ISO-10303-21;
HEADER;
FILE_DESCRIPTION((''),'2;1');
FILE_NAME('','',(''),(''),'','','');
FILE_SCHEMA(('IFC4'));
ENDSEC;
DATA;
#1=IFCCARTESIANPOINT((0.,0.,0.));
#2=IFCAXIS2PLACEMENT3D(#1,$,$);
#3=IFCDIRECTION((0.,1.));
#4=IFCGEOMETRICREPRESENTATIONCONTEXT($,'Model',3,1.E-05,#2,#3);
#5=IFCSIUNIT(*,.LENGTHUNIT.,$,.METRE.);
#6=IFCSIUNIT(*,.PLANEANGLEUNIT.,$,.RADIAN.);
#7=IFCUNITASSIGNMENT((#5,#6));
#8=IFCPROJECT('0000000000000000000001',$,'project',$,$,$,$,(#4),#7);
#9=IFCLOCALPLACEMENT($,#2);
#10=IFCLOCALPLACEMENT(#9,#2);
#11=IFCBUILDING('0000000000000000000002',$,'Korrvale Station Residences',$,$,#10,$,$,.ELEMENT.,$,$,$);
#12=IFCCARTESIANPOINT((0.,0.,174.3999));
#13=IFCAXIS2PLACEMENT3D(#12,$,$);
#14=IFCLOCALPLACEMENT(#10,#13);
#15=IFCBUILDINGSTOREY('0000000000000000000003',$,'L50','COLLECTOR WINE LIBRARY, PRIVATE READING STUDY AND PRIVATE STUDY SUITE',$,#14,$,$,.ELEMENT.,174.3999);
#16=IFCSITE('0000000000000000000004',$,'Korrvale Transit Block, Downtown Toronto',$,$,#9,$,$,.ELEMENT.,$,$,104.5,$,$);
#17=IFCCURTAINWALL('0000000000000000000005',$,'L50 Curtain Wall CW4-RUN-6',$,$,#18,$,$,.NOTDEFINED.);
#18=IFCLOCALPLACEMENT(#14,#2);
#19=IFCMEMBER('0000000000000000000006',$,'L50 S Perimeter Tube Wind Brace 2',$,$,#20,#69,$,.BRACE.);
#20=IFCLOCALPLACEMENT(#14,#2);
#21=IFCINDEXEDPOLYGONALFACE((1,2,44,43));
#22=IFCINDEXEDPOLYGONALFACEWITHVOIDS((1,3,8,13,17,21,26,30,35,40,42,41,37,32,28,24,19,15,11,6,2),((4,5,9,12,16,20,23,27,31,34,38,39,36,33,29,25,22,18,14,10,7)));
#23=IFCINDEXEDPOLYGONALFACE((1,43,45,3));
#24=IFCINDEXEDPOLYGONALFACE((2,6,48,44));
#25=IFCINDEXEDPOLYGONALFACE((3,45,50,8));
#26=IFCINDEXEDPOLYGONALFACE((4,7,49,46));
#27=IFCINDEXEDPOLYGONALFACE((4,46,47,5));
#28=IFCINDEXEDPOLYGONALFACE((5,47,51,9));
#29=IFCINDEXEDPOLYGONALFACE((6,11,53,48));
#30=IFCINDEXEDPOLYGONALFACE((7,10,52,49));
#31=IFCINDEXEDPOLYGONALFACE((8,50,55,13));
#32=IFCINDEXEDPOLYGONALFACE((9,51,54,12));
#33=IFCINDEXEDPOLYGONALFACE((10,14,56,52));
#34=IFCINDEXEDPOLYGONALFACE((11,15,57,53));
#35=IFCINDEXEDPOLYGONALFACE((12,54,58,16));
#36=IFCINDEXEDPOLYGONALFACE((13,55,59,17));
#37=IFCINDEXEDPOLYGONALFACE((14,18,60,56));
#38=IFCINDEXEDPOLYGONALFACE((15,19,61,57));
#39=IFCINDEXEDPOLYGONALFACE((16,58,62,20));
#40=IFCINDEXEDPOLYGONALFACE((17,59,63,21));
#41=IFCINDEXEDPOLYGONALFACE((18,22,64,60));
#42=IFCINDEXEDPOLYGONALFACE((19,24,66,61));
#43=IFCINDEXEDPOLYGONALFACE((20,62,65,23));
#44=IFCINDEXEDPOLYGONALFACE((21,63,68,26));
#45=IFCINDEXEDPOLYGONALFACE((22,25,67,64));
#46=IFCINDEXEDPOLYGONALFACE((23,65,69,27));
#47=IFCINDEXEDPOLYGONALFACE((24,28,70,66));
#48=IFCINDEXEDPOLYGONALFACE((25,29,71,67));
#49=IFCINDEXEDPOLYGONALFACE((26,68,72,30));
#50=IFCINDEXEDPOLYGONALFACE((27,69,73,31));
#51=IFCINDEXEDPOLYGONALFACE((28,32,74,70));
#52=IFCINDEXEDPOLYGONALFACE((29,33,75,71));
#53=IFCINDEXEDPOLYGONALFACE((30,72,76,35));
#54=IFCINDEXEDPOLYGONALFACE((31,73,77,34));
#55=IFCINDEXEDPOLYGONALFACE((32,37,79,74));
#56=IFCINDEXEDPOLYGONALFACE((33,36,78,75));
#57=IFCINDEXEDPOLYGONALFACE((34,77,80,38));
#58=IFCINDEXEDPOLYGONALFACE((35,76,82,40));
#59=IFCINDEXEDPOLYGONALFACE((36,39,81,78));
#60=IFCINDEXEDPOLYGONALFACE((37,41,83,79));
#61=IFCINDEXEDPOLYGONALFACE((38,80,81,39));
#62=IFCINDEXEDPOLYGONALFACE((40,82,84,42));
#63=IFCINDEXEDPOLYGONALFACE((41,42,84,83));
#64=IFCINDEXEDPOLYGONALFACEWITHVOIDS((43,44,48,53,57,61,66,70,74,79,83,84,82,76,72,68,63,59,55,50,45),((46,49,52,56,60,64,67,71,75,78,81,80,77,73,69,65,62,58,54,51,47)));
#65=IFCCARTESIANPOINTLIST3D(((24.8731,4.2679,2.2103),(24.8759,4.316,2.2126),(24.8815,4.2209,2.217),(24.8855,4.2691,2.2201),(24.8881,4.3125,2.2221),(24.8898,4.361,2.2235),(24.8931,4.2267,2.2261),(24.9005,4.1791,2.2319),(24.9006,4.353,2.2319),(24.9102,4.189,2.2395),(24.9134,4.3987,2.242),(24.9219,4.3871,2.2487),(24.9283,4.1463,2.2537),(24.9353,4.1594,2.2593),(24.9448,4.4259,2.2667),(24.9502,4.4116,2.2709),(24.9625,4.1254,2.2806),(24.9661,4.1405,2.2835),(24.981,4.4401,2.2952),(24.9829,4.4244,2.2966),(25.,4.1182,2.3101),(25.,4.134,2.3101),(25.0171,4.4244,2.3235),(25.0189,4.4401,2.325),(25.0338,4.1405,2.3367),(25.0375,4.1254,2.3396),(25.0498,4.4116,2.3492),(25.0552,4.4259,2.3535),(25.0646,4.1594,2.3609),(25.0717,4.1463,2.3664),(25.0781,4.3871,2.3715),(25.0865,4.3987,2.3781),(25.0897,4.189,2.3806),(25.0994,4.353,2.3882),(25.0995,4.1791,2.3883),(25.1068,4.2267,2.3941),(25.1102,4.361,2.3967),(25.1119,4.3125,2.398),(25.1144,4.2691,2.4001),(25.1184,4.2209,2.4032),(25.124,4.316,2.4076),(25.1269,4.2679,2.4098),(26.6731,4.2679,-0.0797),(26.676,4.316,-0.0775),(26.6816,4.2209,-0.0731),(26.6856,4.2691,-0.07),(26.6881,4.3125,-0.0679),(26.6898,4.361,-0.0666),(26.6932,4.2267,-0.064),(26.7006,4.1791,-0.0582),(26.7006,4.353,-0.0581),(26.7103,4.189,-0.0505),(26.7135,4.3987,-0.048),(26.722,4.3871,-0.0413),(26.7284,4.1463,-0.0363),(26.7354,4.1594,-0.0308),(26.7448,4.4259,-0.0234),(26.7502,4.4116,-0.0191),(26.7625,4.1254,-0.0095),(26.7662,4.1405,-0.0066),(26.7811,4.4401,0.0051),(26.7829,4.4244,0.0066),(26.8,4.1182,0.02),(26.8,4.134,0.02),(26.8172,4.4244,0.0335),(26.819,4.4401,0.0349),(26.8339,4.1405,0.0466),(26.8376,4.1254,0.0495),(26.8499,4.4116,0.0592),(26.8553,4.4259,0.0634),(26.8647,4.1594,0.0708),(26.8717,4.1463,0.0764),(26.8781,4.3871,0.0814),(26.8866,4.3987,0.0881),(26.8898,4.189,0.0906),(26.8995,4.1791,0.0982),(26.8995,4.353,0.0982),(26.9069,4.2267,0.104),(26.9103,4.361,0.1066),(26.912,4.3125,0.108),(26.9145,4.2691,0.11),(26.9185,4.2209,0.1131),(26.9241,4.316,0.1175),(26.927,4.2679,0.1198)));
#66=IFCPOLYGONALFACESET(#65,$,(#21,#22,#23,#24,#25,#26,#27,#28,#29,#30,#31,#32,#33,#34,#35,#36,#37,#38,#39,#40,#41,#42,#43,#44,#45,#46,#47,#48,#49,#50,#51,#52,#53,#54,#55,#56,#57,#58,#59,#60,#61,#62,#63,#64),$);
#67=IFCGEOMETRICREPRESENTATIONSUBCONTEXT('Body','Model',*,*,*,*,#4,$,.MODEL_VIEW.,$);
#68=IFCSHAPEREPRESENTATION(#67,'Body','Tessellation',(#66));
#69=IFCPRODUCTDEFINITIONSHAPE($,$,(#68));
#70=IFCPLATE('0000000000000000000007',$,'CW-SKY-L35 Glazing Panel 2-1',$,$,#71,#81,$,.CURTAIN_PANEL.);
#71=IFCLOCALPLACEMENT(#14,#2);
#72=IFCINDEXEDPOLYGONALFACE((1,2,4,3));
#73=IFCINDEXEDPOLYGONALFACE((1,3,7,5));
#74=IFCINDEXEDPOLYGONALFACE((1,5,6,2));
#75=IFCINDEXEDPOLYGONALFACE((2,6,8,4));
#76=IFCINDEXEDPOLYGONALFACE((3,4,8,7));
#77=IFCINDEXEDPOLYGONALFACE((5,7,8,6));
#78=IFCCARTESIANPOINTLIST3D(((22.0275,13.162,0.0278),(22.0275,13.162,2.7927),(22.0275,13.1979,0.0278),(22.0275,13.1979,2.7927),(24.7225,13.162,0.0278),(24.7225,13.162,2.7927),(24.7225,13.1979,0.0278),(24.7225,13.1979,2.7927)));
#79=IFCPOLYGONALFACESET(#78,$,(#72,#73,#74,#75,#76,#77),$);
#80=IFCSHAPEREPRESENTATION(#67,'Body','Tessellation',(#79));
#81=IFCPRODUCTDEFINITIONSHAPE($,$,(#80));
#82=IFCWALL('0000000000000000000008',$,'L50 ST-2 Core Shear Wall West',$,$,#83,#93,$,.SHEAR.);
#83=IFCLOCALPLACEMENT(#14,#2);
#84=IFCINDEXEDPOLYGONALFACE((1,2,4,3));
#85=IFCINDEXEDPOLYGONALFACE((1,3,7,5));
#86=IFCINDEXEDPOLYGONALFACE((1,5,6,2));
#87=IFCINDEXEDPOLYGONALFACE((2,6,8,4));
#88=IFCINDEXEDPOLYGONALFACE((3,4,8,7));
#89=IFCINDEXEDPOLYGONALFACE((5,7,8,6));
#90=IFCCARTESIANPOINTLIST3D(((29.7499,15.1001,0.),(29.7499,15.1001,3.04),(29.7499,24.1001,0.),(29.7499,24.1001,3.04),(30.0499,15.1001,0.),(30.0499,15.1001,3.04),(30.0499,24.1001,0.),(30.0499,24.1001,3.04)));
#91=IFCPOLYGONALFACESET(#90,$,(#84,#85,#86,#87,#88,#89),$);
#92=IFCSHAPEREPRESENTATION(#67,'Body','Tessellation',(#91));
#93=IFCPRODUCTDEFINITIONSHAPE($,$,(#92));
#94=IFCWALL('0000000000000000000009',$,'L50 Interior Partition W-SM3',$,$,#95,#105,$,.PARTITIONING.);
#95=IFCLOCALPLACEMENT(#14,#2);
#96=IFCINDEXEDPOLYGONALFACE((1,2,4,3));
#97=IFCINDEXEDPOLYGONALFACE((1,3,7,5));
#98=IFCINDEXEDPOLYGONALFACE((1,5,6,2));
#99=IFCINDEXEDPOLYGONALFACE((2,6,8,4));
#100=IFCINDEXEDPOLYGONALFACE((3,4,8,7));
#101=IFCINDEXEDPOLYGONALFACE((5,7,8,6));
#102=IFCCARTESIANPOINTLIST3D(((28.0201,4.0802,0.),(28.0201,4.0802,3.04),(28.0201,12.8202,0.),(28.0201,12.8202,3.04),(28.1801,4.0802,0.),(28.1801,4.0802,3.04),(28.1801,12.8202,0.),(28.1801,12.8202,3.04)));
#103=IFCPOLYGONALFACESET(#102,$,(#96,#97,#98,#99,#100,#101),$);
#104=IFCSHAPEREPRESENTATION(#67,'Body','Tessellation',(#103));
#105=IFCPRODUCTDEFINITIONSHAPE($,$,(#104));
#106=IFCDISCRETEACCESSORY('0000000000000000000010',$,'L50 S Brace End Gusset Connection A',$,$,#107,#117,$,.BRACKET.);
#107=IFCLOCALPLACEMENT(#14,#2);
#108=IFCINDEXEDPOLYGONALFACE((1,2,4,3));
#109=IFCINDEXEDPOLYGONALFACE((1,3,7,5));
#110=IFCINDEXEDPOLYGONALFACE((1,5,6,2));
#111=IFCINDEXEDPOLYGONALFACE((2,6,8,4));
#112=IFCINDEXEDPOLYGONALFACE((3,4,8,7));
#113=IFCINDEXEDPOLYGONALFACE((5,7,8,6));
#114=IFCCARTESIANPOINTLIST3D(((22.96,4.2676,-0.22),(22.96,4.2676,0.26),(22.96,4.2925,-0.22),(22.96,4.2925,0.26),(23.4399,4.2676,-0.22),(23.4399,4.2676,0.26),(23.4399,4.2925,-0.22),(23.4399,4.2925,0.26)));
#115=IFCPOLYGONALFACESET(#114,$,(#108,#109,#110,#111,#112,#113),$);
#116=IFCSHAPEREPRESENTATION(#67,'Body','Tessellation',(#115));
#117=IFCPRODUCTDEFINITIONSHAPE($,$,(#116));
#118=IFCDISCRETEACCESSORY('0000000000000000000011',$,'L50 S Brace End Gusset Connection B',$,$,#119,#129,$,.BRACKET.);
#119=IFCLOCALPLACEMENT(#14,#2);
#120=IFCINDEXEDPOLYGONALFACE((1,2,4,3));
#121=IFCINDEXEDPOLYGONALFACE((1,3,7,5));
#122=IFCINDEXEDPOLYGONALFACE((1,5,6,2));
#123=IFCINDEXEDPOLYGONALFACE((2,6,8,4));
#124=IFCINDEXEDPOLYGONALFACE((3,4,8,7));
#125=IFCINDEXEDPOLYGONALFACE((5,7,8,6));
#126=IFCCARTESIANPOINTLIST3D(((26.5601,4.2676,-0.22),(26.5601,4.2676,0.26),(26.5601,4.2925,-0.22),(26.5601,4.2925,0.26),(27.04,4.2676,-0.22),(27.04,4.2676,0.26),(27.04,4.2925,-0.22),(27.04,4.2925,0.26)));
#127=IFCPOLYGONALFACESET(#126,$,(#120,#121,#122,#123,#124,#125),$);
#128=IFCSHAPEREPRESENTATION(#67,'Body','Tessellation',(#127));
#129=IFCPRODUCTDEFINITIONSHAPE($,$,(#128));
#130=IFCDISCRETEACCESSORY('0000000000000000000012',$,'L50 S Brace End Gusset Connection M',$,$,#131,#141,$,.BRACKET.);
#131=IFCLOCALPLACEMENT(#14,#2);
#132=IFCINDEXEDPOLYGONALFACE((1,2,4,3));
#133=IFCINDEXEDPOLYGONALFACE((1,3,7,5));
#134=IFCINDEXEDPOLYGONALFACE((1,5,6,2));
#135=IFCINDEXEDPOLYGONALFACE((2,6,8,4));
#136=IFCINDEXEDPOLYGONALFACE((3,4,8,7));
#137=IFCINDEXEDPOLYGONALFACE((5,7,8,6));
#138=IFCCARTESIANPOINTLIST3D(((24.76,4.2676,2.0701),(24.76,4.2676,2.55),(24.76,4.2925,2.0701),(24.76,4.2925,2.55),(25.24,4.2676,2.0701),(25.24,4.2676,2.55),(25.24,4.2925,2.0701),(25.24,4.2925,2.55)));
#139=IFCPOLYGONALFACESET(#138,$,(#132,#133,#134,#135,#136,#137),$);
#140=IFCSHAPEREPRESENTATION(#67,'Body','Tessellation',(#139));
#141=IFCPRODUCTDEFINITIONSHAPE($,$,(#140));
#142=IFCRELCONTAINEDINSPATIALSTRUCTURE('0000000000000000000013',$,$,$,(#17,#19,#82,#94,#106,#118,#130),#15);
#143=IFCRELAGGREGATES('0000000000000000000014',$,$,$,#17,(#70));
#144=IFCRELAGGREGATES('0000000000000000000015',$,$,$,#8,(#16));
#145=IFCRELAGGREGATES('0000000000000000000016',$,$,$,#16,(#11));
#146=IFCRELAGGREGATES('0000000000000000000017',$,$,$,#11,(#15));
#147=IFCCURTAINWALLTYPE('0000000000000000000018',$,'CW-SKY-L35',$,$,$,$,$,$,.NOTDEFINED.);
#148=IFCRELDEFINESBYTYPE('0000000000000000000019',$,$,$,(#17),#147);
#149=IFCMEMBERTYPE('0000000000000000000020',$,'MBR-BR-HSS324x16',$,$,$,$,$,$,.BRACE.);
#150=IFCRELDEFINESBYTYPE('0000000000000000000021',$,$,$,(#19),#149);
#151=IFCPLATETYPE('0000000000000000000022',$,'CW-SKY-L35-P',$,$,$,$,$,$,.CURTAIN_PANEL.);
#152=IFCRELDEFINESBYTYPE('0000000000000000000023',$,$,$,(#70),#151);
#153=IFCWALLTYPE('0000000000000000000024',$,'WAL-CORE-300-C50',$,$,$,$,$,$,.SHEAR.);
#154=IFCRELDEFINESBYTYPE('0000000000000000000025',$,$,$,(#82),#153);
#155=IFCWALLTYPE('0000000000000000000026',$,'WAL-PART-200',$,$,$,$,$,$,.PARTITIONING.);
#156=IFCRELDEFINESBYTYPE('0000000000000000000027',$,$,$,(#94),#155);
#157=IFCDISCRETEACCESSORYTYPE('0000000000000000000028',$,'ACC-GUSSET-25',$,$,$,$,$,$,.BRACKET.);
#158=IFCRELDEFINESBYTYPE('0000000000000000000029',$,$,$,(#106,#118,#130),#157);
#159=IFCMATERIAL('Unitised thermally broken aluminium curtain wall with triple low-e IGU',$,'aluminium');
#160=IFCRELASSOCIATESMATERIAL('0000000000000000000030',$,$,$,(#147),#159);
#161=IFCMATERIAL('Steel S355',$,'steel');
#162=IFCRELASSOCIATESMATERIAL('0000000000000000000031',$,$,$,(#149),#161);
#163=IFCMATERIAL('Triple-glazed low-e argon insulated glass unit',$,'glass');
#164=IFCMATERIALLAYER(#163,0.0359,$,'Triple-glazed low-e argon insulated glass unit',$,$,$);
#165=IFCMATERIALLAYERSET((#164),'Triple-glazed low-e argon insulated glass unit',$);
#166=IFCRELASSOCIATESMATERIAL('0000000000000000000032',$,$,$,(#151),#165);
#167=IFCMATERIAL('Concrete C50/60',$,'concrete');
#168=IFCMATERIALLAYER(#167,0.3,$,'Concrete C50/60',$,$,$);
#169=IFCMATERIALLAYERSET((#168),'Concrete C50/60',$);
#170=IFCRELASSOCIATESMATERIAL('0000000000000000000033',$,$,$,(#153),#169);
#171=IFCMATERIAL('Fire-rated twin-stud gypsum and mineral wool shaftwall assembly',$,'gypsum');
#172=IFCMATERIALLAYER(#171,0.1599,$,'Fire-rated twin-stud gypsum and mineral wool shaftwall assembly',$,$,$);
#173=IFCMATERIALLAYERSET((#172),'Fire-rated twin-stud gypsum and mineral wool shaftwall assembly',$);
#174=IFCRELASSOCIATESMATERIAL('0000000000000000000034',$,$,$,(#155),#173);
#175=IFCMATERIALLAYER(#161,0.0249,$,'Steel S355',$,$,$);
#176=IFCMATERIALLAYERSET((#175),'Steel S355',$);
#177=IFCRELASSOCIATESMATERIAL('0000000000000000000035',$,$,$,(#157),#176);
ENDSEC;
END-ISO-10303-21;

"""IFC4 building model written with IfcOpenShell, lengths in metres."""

from ifc_helpers import new_model, si_unit, direction, frame, frame_2d, origin, origin_2d, place, context, subcontext, project, spatial, rectangle, hollow_circle, extrude, material, layer, layer_set, material_profile, profile_set, type_object, element, aggregate, save


model = new_model("IFC4")

# Units and contexts
model_context = context("Model", 3, precision=1e-05, world=origin(), true_north=direction((0.0, 1.0)))
body_context = subcontext(model_context, "Body", "Model", "MODEL_VIEW")
ifc_project = project(units=[si_unit("LENGTHUNIT", "METRE"), si_unit("PLANEANGLEUNIT", "RADIAN")], contexts=[model_context])

# Site, building, storey
site_placement = place(None, origin())
site = spatial("IfcSite", under=ifc_project, at=site_placement, Name="Korrvale Transit Block, Downtown Toronto", CompositionType="ELEMENT", RefElevation=104.5)
building_placement = place(site_placement, origin())
building = spatial("IfcBuilding", under=site, at=building_placement, Name="Korrvale Station Residences", CompositionType="ELEMENT")
storey_placement = place(building_placement, frame((0.0, 0.0, 174.3999)))
storey = spatial("IfcBuildingStorey", under=building, at=storey_placement, Name="L50", Description="COLLECTOR WINE LIBRARY, PRIVATE READING STUDY AND PRIVATE STUDY SUITE", CompositionType="ELEMENT", Elevation=174.3999)

# Shared definitions
ifc_material_1 = material(Name="Concrete C50/60", Category="concrete")

# Curtain wall
ifc_material_2 = material(Name="Unitised thermally broken aluminium curtain wall with triple low-e IGU", Category="aluminium")
curtain_wall_type = type_object("IfcCurtainWallType", Name="CW-SKY-L35", PredefinedType="NOTDEFINED", material=ifc_material_2)
curtain_wall_placement = place(storey_placement, origin())
curtain_wall = element("IfcCurtainWall", 1, at=curtain_wall_placement, inside=storey, type_object=curtain_wall_type, Name="L50 Curtain Wall CW4-RUN-6", PredefinedType="NOTDEFINED")

# Member
ifc_material_3 = material(Name="Steel S355", Category="steel")
ifc_material_profile_1 = material_profile(ifc_material_3, hollow_circle(Radius=0.1619, WallThickness=0.0159, at=origin_2d()), Name="HSS324x16")
ifc_profile_set_1 = profile_set([ifc_material_profile_1], Name="Steel S355")
member_type_1 = type_object("IfcMemberType", Name="MBR-BR-HSS324x16", PredefinedType="BRACE", material=ifc_profile_set_1)
for number, where, z_axis, x_axis, name in (
    (2, (26.8, 4.28, 0.02), (-0.617977, 0.0, 0.786196), (0.0, -1.0, 0.0), "L50 S Perimeter Tube Wind Brace 2"),
):
    element("IfcMember", number, at=place(storey_placement, frame(where, z_axis=z_axis, x_axis=x_axis)), inside=storey, type_object=member_type_1, Name=name, PredefinedType="BRACE", context=body_context, shape_type="SweptSolid", body=[
        extrude(hollow_circle(Radius=0.1619, WallThickness=0.0159, at=origin_2d()), origin(), (0.0, 0.0, 1.0), 2.9128),
    ])

# Plate
ifc_material_4 = material(Name="Triple-glazed low-e argon insulated glass unit", Category="glass")
ifc_layer_1 = layer(ifc_material_4, 0.0359, Name="Triple-glazed low-e argon insulated glass unit")
ifc_layer_set_1 = layer_set([ifc_layer_1], Name="Triple-glazed low-e argon insulated glass unit")
plate_type = type_object("IfcPlateType", Name="CW-SKY-L35-P", PredefinedType="CURTAIN_PANEL", material=ifc_layer_set_1)
plate_placement = place(storey_placement, frame((23.375, 13.1799, 0.0278), z_axis=(0.0, 0.0, 1.0), x_axis=(1.0, 0.0, 0.0)))
plate = element("IfcPlate", 3, at=plate_placement, type_object=plate_type, Name="CW-SKY-L35 Glazing Panel 2-1", PredefinedType="CURTAIN_PANEL", context=body_context, shape_type="SweptSolid", body=[
    extrude(rectangle(XDim=2.6951, YDim=0.0359, at=origin_2d()), origin(), (0.0, 0.0, 1.0), 2.7649),
])
aggregate(curtain_wall, [plate])

# Walls
ifc_layer_2 = layer(ifc_material_1, 0.3, Name="Concrete C50/60")
ifc_layer_set_2 = layer_set([ifc_layer_2], Name="Concrete C50/60")
wall_type_1 = type_object("IfcWallType", Name="WAL-CORE-300-C50", PredefinedType="SHEAR", material=ifc_layer_set_2)
wall_1_placement = place(storey_placement, frame((29.8999, 15.1001, 0.0), z_axis=(0.0, 0.0, 1.0), x_axis=(0.0, 1.0, 0.0)))
element("IfcWall", 4, at=wall_1_placement, inside=storey, type_object=wall_type_1, Name="L50 ST-2 Core Shear Wall West", PredefinedType="SHEAR", context=body_context, shape_type="SweptSolid", body=[
    extrude(rectangle(XDim=9.0, YDim=0.3, at=frame_2d((4.5, 0.0))), origin(), (0.0, 0.0, 1.0), 3.04),
])
ifc_material_5 = material(Name="Fire-rated twin-stud gypsum and mineral wool shaftwall assembly", Category="gypsum")
ifc_layer_3 = layer(ifc_material_5, 0.1599, Name="Fire-rated twin-stud gypsum and mineral wool shaftwall assembly")
ifc_layer_set_3 = layer_set([ifc_layer_3], Name="Fire-rated twin-stud gypsum and mineral wool shaftwall assembly")
wall_type_2 = type_object("IfcWallType", Name="WAL-PART-200", PredefinedType="PARTITIONING", material=ifc_layer_set_3)
wall_2_placement = place(storey_placement, frame((28.1001, 4.0801, 0.0), z_axis=(0.0, 0.0, 1.0), x_axis=(0.0, 1.0, 0.0)))
element("IfcWall", 5, at=wall_2_placement, inside=storey, type_object=wall_type_2, Name="L50 Interior Partition W-SM3", PredefinedType="PARTITIONING", context=body_context, shape_type="SweptSolid", body=[
    extrude(rectangle(XDim=8.74, YDim=0.1599, at=frame_2d((4.3701, 0.0))), origin(), (0.0, 0.0, 1.0), 3.04),
])

# Discrete accessories
ifc_layer_4 = layer(ifc_material_3, 0.0249, Name="Steel S355")
ifc_layer_set_4 = layer_set([ifc_layer_4], Name="Steel S355")
discrete_accessory_type = type_object("IfcDiscreteAccessoryType", Name="ACC-GUSSET-25", PredefinedType="BRACKET", material=ifc_layer_set_4)
for number, where, z_axis, x_axis, name in (
    (6, (23.2, 4.28, -0.22), (0.0, 0.0, 1.0), (1.0, 0.0, 0.0), "L50 S Brace End Gusset Connection A"),
    (7, (26.8, 4.28, -0.22), (0.0, 0.0, 1.0), (1.0, 0.0, 0.0), "L50 S Brace End Gusset Connection B"),
    (8, (25.0, 4.28, 2.0701), (0.0, 0.0, 1.0), (1.0, 0.0, 0.0), "L50 S Brace End Gusset Connection M"),
):
    element("IfcDiscreteAccessory", number, at=place(storey_placement, frame(where, z_axis=z_axis, x_axis=x_axis)), inside=storey, type_object=discrete_accessory_type, Name=name, PredefinedType="BRACKET", context=body_context, shape_type="SweptSolid", body=[
        extrude(rectangle(XDim=0.48, YDim=0.0249, at=origin_2d()), origin(), (0.0, 0.0, 1.0), 0.48),
    ])

save(model, "model.ifc")
